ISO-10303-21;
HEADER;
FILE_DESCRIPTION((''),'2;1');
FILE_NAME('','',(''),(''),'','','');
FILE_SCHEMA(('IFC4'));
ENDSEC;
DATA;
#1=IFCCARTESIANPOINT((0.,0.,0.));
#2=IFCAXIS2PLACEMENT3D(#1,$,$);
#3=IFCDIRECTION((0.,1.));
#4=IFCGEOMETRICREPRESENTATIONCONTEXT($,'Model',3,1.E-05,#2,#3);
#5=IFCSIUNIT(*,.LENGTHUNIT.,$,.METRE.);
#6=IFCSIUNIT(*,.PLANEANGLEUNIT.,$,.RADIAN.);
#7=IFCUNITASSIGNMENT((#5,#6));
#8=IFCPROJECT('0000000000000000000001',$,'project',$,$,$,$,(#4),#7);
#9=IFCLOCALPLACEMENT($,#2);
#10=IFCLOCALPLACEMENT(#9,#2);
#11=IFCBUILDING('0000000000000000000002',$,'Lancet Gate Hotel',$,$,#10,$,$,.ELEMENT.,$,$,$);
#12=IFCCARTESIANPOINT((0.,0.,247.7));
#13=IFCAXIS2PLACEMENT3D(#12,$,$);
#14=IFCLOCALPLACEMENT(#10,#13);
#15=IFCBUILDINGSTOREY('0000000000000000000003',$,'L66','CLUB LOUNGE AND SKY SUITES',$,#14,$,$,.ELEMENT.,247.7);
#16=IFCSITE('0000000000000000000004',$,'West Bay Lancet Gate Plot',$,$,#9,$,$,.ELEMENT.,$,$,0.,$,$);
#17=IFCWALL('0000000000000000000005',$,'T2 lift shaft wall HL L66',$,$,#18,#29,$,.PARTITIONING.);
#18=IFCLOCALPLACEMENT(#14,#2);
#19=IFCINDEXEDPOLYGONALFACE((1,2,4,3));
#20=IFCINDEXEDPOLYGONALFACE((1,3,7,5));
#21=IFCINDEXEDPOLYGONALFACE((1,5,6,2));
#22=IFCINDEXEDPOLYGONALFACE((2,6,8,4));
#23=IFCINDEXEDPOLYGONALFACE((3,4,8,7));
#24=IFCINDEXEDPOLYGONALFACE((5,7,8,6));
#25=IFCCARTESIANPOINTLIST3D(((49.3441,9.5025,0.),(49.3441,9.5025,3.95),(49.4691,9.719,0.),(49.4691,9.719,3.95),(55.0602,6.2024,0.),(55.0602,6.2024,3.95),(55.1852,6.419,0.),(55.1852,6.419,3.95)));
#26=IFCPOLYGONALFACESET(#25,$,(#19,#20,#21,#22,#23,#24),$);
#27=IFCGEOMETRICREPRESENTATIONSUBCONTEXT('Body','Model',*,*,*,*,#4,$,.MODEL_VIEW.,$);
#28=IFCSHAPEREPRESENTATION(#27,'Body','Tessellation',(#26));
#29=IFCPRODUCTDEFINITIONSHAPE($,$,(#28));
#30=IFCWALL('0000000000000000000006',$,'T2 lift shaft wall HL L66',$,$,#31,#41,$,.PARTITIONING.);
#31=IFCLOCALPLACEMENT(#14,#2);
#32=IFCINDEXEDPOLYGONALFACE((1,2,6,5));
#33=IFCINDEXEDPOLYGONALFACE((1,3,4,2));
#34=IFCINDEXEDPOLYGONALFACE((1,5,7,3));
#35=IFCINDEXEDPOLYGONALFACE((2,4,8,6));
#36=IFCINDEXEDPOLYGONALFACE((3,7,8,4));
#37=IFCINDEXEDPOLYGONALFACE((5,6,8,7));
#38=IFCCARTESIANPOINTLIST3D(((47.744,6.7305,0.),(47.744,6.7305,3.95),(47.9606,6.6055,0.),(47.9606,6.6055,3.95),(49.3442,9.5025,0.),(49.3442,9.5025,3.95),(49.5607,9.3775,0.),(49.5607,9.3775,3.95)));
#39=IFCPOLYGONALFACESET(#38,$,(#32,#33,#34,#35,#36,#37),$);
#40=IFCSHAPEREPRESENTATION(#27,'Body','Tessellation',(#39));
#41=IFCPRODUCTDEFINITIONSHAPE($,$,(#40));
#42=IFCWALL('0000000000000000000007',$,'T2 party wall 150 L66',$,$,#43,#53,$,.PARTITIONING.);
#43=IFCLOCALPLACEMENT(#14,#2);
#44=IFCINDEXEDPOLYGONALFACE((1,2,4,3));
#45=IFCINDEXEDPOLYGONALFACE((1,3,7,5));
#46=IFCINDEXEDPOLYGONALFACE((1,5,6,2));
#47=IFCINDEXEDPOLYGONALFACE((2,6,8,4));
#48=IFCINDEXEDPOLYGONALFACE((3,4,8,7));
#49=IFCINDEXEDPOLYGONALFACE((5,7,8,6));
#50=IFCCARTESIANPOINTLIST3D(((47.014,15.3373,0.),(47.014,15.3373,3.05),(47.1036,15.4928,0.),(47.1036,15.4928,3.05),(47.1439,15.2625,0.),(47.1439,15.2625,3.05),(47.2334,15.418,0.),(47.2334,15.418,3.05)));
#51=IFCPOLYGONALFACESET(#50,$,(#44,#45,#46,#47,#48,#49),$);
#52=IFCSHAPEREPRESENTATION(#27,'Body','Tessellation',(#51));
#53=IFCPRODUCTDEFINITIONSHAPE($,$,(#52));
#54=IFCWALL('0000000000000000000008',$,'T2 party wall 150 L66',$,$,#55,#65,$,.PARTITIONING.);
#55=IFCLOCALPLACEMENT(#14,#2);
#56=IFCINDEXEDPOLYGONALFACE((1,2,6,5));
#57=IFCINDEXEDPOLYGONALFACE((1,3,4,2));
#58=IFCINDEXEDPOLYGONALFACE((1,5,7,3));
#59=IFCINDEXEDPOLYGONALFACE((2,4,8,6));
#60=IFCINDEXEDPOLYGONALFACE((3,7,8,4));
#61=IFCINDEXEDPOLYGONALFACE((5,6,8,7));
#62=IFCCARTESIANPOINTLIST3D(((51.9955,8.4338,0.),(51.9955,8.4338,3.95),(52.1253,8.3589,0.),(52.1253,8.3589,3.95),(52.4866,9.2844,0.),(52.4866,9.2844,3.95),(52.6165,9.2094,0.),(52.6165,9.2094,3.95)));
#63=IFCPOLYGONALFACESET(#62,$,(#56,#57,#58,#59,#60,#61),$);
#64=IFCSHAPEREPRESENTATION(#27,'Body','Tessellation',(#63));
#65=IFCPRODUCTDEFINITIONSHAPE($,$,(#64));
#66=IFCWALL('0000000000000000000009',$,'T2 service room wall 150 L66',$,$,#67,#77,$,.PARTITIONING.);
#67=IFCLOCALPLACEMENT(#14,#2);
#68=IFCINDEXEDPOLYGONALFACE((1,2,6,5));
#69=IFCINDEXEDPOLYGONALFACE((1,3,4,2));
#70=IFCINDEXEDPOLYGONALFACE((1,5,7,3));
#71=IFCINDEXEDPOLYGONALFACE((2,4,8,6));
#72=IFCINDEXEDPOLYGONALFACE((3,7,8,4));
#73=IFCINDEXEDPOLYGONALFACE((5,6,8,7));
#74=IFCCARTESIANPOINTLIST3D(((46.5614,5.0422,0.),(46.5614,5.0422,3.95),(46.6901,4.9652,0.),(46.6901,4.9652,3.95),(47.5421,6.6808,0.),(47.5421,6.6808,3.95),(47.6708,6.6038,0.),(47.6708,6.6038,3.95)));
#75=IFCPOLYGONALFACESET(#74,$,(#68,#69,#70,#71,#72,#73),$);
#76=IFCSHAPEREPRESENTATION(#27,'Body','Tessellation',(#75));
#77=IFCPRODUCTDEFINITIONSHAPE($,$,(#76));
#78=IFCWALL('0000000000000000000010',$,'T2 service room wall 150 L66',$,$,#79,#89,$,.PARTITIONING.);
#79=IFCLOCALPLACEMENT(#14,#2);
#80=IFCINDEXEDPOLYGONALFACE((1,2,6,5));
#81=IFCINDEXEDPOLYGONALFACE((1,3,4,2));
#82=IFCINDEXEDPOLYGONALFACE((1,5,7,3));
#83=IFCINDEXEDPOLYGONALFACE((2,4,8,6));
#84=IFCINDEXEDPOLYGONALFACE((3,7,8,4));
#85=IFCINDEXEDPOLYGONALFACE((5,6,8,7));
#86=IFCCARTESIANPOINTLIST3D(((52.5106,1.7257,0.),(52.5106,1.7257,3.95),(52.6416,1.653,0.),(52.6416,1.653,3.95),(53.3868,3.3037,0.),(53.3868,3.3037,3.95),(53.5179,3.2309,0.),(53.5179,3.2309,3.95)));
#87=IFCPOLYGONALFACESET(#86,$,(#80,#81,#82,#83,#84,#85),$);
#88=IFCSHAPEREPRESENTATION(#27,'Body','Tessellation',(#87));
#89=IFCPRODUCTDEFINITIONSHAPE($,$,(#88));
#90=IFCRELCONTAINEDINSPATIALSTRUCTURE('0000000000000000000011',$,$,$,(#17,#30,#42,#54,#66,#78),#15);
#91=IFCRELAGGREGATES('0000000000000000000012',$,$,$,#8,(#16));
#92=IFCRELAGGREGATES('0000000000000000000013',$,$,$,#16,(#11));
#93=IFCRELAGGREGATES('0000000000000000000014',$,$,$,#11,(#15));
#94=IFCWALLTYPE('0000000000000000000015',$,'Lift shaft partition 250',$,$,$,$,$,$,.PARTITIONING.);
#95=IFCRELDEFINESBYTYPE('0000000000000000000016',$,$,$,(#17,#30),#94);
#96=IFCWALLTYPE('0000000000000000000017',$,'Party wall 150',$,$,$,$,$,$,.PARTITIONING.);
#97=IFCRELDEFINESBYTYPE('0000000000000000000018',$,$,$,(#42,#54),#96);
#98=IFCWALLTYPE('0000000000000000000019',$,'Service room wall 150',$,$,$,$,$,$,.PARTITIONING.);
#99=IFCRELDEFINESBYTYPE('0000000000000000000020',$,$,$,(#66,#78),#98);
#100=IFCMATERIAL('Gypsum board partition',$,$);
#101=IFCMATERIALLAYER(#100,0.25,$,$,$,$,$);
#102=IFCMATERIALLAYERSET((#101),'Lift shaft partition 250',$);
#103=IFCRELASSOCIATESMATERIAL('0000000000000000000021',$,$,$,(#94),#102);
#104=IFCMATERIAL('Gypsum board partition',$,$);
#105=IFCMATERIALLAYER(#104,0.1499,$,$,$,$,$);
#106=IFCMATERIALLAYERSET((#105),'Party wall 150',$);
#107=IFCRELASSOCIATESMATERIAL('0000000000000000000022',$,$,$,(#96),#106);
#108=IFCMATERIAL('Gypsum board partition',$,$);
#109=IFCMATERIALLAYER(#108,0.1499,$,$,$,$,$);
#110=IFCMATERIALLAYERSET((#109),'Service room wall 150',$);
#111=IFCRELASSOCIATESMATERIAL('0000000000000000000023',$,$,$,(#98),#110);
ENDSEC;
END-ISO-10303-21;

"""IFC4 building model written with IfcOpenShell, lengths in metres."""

from ifc_helpers import new_model, si_unit, direction, frame, frame_2d, origin, place, context, subcontext, project, spatial, rectangle, extrude, material, layer, layer_set, type_object, element, save


model = new_model("IFC4")

# Units and contexts
model_context = context("Model", 3, precision=1e-05, world=origin(), true_north=direction((0.0, 1.0)))
body_context = subcontext(model_context, "Body", "Model", "MODEL_VIEW")
ifc_project = project(units=[si_unit("LENGTHUNIT", "METRE"), si_unit("PLANEANGLEUNIT", "RADIAN")], contexts=[model_context])

# Site, building, storey
site_placement = place(None, origin())
site = spatial("IfcSite", under=ifc_project, at=site_placement, Name="West Bay Lancet Gate Plot", CompositionType="ELEMENT", RefElevation=0.0)
building_placement = place(site_placement, origin())
building = spatial("IfcBuilding", under=site, at=building_placement, Name="Lancet Gate Hotel", CompositionType="ELEMENT")
storey_placement = place(building_placement, frame((0.0, 0.0, 247.7)))
storey = spatial("IfcBuildingStorey", under=building, at=storey_placement, Name="L66", Description="CLUB LOUNGE AND SKY SUITES", CompositionType="ELEMENT", Elevation=247.7)

# Shared definitions
ifc_material_1 = material(Name="Gypsum board partition")
ifc_layer_1 = layer(ifc_material_1, 0.25)
ifc_layer_set_1 = layer_set([ifc_layer_1], Name="Lift shaft partition 250")
wall_type_1 = type_object("IfcWallType", Name="Lift shaft partition 250", PredefinedType="PARTITIONING", material=ifc_layer_set_1)

# Walls
wall_1_placement = place(storey_placement, frame((49.4065, 9.6108, 0.0), z_axis=(0.0, 0.0, 1.0), x_axis=(0.866033, -0.499986, 0.0)))
element("IfcWall", 1, at=wall_1_placement, inside=storey, type_object=wall_type_1, Name="T2 lift shaft wall HL L66", PredefinedType="PARTITIONING", context=body_context, shape_type="SweptSolid", body=[
    extrude(rectangle(XDim=6.6003, YDim=0.25, at=frame_2d((3.3003, 0.0))), origin(), (0.0, 0.0, 1.0), 3.95),
])
wall_2_placement = place(storey_placement, frame((47.8523, 6.668, 0.0), z_axis=(0.0, 0.0, 1.0), x_axis=(0.499929, 0.866066, 0.0)))
element("IfcWall", 2, at=wall_2_placement, inside=storey, type_object=wall_type_1, Name="T2 lift shaft wall HL L66", PredefinedType="PARTITIONING", context=body_context, shape_type="SweptSolid", body=[
    extrude(rectangle(XDim=3.2007, YDim=0.25, at=frame_2d((1.6003, 0.0))), origin(), (0.0, 0.0, 1.0), 3.95),
])
ifc_material_2 = material(Name="Gypsum board partition")
ifc_layer_2 = layer(ifc_material_2, 0.1499)
ifc_layer_set_2 = layer_set([ifc_layer_2], Name="Party wall 150")
wall_type_2 = type_object("IfcWallType", Name="Party wall 150", PredefinedType="PARTITIONING", material=ifc_layer_set_2)
wall_3_placement = place(storey_placement, frame((47.0789, 15.2998, 0.0), z_axis=(0.0, 0.0, 1.0), x_axis=(0.499212, 0.86648, 0.0)))
element("IfcWall", 3, at=wall_3_placement, inside=storey, type_object=wall_type_2, Name="T2 party wall 150 L66", PredefinedType="PARTITIONING", context=body_context, shape_type="SweptSolid", body=[
    extrude(rectangle(XDim=0.1794, YDim=0.1499, at=frame_2d((0.0898, 0.0))), origin(), (0.0, 0.0, 1.0), 3.05),
])
wall_4_placement = place(storey_placement, frame((52.0603, 8.3962, 0.0), z_axis=(0.0, 0.0, 1.0), x_axis=(0.500095, 0.86597, 0.0)))
element("IfcWall", 4, at=wall_4_placement, inside=storey, type_object=wall_type_2, Name="T2 party wall 150 L66", PredefinedType="PARTITIONING", context=body_context, shape_type="SweptSolid", body=[
    extrude(rectangle(XDim=0.9822, YDim=0.1499, at=frame_2d((0.4912, 0.0))), origin(), (0.0, 0.0, 1.0), 3.95),
])
ifc_material_3 = material(Name="Gypsum board partition")
ifc_layer_3 = layer(ifc_material_3, 0.1499)
ifc_layer_set_3 = layer_set([ifc_layer_3], Name="Service room wall 150")
wall_type_3 = type_object("IfcWallType", Name="Service room wall 150", PredefinedType="PARTITIONING", material=ifc_layer_set_3)
wall_5_placement = place(storey_placement, frame((47.6064, 6.6423, 0.0), z_axis=(0.0, 0.0, 1.0), x_axis=(-0.513537, -0.858068, 0.0)))
element("IfcWall", 5, at=wall_5_placement, inside=storey, type_object=wall_type_3, Name="T2 service room wall 150 L66", PredefinedType="PARTITIONING", context=body_context, shape_type="SweptSolid", body=[
    extrude(rectangle(XDim=1.9097, YDim=0.1499, at=frame_2d((0.9548, 0.0))), origin(), (0.0, 0.0, 1.0), 3.95),
])
wall_6_placement = place(storey_placement, frame((52.5762, 1.6895, 0.0), z_axis=(0.0, 0.0, 1.0), x_axis=(0.485482, 0.874247, 0.0)))
element("IfcWall", 6, at=wall_6_placement, inside=storey, type_object=wall_type_3, Name="T2 service room wall 150 L66", PredefinedType="PARTITIONING", context=body_context, shape_type="SweptSolid", body=[
    extrude(rectangle(XDim=1.8049, YDim=0.1499, at=frame_2d((0.9023, 0.0))), origin(), (0.0, 0.0, 1.0), 3.95),
])

save(model, "model.ifc")
